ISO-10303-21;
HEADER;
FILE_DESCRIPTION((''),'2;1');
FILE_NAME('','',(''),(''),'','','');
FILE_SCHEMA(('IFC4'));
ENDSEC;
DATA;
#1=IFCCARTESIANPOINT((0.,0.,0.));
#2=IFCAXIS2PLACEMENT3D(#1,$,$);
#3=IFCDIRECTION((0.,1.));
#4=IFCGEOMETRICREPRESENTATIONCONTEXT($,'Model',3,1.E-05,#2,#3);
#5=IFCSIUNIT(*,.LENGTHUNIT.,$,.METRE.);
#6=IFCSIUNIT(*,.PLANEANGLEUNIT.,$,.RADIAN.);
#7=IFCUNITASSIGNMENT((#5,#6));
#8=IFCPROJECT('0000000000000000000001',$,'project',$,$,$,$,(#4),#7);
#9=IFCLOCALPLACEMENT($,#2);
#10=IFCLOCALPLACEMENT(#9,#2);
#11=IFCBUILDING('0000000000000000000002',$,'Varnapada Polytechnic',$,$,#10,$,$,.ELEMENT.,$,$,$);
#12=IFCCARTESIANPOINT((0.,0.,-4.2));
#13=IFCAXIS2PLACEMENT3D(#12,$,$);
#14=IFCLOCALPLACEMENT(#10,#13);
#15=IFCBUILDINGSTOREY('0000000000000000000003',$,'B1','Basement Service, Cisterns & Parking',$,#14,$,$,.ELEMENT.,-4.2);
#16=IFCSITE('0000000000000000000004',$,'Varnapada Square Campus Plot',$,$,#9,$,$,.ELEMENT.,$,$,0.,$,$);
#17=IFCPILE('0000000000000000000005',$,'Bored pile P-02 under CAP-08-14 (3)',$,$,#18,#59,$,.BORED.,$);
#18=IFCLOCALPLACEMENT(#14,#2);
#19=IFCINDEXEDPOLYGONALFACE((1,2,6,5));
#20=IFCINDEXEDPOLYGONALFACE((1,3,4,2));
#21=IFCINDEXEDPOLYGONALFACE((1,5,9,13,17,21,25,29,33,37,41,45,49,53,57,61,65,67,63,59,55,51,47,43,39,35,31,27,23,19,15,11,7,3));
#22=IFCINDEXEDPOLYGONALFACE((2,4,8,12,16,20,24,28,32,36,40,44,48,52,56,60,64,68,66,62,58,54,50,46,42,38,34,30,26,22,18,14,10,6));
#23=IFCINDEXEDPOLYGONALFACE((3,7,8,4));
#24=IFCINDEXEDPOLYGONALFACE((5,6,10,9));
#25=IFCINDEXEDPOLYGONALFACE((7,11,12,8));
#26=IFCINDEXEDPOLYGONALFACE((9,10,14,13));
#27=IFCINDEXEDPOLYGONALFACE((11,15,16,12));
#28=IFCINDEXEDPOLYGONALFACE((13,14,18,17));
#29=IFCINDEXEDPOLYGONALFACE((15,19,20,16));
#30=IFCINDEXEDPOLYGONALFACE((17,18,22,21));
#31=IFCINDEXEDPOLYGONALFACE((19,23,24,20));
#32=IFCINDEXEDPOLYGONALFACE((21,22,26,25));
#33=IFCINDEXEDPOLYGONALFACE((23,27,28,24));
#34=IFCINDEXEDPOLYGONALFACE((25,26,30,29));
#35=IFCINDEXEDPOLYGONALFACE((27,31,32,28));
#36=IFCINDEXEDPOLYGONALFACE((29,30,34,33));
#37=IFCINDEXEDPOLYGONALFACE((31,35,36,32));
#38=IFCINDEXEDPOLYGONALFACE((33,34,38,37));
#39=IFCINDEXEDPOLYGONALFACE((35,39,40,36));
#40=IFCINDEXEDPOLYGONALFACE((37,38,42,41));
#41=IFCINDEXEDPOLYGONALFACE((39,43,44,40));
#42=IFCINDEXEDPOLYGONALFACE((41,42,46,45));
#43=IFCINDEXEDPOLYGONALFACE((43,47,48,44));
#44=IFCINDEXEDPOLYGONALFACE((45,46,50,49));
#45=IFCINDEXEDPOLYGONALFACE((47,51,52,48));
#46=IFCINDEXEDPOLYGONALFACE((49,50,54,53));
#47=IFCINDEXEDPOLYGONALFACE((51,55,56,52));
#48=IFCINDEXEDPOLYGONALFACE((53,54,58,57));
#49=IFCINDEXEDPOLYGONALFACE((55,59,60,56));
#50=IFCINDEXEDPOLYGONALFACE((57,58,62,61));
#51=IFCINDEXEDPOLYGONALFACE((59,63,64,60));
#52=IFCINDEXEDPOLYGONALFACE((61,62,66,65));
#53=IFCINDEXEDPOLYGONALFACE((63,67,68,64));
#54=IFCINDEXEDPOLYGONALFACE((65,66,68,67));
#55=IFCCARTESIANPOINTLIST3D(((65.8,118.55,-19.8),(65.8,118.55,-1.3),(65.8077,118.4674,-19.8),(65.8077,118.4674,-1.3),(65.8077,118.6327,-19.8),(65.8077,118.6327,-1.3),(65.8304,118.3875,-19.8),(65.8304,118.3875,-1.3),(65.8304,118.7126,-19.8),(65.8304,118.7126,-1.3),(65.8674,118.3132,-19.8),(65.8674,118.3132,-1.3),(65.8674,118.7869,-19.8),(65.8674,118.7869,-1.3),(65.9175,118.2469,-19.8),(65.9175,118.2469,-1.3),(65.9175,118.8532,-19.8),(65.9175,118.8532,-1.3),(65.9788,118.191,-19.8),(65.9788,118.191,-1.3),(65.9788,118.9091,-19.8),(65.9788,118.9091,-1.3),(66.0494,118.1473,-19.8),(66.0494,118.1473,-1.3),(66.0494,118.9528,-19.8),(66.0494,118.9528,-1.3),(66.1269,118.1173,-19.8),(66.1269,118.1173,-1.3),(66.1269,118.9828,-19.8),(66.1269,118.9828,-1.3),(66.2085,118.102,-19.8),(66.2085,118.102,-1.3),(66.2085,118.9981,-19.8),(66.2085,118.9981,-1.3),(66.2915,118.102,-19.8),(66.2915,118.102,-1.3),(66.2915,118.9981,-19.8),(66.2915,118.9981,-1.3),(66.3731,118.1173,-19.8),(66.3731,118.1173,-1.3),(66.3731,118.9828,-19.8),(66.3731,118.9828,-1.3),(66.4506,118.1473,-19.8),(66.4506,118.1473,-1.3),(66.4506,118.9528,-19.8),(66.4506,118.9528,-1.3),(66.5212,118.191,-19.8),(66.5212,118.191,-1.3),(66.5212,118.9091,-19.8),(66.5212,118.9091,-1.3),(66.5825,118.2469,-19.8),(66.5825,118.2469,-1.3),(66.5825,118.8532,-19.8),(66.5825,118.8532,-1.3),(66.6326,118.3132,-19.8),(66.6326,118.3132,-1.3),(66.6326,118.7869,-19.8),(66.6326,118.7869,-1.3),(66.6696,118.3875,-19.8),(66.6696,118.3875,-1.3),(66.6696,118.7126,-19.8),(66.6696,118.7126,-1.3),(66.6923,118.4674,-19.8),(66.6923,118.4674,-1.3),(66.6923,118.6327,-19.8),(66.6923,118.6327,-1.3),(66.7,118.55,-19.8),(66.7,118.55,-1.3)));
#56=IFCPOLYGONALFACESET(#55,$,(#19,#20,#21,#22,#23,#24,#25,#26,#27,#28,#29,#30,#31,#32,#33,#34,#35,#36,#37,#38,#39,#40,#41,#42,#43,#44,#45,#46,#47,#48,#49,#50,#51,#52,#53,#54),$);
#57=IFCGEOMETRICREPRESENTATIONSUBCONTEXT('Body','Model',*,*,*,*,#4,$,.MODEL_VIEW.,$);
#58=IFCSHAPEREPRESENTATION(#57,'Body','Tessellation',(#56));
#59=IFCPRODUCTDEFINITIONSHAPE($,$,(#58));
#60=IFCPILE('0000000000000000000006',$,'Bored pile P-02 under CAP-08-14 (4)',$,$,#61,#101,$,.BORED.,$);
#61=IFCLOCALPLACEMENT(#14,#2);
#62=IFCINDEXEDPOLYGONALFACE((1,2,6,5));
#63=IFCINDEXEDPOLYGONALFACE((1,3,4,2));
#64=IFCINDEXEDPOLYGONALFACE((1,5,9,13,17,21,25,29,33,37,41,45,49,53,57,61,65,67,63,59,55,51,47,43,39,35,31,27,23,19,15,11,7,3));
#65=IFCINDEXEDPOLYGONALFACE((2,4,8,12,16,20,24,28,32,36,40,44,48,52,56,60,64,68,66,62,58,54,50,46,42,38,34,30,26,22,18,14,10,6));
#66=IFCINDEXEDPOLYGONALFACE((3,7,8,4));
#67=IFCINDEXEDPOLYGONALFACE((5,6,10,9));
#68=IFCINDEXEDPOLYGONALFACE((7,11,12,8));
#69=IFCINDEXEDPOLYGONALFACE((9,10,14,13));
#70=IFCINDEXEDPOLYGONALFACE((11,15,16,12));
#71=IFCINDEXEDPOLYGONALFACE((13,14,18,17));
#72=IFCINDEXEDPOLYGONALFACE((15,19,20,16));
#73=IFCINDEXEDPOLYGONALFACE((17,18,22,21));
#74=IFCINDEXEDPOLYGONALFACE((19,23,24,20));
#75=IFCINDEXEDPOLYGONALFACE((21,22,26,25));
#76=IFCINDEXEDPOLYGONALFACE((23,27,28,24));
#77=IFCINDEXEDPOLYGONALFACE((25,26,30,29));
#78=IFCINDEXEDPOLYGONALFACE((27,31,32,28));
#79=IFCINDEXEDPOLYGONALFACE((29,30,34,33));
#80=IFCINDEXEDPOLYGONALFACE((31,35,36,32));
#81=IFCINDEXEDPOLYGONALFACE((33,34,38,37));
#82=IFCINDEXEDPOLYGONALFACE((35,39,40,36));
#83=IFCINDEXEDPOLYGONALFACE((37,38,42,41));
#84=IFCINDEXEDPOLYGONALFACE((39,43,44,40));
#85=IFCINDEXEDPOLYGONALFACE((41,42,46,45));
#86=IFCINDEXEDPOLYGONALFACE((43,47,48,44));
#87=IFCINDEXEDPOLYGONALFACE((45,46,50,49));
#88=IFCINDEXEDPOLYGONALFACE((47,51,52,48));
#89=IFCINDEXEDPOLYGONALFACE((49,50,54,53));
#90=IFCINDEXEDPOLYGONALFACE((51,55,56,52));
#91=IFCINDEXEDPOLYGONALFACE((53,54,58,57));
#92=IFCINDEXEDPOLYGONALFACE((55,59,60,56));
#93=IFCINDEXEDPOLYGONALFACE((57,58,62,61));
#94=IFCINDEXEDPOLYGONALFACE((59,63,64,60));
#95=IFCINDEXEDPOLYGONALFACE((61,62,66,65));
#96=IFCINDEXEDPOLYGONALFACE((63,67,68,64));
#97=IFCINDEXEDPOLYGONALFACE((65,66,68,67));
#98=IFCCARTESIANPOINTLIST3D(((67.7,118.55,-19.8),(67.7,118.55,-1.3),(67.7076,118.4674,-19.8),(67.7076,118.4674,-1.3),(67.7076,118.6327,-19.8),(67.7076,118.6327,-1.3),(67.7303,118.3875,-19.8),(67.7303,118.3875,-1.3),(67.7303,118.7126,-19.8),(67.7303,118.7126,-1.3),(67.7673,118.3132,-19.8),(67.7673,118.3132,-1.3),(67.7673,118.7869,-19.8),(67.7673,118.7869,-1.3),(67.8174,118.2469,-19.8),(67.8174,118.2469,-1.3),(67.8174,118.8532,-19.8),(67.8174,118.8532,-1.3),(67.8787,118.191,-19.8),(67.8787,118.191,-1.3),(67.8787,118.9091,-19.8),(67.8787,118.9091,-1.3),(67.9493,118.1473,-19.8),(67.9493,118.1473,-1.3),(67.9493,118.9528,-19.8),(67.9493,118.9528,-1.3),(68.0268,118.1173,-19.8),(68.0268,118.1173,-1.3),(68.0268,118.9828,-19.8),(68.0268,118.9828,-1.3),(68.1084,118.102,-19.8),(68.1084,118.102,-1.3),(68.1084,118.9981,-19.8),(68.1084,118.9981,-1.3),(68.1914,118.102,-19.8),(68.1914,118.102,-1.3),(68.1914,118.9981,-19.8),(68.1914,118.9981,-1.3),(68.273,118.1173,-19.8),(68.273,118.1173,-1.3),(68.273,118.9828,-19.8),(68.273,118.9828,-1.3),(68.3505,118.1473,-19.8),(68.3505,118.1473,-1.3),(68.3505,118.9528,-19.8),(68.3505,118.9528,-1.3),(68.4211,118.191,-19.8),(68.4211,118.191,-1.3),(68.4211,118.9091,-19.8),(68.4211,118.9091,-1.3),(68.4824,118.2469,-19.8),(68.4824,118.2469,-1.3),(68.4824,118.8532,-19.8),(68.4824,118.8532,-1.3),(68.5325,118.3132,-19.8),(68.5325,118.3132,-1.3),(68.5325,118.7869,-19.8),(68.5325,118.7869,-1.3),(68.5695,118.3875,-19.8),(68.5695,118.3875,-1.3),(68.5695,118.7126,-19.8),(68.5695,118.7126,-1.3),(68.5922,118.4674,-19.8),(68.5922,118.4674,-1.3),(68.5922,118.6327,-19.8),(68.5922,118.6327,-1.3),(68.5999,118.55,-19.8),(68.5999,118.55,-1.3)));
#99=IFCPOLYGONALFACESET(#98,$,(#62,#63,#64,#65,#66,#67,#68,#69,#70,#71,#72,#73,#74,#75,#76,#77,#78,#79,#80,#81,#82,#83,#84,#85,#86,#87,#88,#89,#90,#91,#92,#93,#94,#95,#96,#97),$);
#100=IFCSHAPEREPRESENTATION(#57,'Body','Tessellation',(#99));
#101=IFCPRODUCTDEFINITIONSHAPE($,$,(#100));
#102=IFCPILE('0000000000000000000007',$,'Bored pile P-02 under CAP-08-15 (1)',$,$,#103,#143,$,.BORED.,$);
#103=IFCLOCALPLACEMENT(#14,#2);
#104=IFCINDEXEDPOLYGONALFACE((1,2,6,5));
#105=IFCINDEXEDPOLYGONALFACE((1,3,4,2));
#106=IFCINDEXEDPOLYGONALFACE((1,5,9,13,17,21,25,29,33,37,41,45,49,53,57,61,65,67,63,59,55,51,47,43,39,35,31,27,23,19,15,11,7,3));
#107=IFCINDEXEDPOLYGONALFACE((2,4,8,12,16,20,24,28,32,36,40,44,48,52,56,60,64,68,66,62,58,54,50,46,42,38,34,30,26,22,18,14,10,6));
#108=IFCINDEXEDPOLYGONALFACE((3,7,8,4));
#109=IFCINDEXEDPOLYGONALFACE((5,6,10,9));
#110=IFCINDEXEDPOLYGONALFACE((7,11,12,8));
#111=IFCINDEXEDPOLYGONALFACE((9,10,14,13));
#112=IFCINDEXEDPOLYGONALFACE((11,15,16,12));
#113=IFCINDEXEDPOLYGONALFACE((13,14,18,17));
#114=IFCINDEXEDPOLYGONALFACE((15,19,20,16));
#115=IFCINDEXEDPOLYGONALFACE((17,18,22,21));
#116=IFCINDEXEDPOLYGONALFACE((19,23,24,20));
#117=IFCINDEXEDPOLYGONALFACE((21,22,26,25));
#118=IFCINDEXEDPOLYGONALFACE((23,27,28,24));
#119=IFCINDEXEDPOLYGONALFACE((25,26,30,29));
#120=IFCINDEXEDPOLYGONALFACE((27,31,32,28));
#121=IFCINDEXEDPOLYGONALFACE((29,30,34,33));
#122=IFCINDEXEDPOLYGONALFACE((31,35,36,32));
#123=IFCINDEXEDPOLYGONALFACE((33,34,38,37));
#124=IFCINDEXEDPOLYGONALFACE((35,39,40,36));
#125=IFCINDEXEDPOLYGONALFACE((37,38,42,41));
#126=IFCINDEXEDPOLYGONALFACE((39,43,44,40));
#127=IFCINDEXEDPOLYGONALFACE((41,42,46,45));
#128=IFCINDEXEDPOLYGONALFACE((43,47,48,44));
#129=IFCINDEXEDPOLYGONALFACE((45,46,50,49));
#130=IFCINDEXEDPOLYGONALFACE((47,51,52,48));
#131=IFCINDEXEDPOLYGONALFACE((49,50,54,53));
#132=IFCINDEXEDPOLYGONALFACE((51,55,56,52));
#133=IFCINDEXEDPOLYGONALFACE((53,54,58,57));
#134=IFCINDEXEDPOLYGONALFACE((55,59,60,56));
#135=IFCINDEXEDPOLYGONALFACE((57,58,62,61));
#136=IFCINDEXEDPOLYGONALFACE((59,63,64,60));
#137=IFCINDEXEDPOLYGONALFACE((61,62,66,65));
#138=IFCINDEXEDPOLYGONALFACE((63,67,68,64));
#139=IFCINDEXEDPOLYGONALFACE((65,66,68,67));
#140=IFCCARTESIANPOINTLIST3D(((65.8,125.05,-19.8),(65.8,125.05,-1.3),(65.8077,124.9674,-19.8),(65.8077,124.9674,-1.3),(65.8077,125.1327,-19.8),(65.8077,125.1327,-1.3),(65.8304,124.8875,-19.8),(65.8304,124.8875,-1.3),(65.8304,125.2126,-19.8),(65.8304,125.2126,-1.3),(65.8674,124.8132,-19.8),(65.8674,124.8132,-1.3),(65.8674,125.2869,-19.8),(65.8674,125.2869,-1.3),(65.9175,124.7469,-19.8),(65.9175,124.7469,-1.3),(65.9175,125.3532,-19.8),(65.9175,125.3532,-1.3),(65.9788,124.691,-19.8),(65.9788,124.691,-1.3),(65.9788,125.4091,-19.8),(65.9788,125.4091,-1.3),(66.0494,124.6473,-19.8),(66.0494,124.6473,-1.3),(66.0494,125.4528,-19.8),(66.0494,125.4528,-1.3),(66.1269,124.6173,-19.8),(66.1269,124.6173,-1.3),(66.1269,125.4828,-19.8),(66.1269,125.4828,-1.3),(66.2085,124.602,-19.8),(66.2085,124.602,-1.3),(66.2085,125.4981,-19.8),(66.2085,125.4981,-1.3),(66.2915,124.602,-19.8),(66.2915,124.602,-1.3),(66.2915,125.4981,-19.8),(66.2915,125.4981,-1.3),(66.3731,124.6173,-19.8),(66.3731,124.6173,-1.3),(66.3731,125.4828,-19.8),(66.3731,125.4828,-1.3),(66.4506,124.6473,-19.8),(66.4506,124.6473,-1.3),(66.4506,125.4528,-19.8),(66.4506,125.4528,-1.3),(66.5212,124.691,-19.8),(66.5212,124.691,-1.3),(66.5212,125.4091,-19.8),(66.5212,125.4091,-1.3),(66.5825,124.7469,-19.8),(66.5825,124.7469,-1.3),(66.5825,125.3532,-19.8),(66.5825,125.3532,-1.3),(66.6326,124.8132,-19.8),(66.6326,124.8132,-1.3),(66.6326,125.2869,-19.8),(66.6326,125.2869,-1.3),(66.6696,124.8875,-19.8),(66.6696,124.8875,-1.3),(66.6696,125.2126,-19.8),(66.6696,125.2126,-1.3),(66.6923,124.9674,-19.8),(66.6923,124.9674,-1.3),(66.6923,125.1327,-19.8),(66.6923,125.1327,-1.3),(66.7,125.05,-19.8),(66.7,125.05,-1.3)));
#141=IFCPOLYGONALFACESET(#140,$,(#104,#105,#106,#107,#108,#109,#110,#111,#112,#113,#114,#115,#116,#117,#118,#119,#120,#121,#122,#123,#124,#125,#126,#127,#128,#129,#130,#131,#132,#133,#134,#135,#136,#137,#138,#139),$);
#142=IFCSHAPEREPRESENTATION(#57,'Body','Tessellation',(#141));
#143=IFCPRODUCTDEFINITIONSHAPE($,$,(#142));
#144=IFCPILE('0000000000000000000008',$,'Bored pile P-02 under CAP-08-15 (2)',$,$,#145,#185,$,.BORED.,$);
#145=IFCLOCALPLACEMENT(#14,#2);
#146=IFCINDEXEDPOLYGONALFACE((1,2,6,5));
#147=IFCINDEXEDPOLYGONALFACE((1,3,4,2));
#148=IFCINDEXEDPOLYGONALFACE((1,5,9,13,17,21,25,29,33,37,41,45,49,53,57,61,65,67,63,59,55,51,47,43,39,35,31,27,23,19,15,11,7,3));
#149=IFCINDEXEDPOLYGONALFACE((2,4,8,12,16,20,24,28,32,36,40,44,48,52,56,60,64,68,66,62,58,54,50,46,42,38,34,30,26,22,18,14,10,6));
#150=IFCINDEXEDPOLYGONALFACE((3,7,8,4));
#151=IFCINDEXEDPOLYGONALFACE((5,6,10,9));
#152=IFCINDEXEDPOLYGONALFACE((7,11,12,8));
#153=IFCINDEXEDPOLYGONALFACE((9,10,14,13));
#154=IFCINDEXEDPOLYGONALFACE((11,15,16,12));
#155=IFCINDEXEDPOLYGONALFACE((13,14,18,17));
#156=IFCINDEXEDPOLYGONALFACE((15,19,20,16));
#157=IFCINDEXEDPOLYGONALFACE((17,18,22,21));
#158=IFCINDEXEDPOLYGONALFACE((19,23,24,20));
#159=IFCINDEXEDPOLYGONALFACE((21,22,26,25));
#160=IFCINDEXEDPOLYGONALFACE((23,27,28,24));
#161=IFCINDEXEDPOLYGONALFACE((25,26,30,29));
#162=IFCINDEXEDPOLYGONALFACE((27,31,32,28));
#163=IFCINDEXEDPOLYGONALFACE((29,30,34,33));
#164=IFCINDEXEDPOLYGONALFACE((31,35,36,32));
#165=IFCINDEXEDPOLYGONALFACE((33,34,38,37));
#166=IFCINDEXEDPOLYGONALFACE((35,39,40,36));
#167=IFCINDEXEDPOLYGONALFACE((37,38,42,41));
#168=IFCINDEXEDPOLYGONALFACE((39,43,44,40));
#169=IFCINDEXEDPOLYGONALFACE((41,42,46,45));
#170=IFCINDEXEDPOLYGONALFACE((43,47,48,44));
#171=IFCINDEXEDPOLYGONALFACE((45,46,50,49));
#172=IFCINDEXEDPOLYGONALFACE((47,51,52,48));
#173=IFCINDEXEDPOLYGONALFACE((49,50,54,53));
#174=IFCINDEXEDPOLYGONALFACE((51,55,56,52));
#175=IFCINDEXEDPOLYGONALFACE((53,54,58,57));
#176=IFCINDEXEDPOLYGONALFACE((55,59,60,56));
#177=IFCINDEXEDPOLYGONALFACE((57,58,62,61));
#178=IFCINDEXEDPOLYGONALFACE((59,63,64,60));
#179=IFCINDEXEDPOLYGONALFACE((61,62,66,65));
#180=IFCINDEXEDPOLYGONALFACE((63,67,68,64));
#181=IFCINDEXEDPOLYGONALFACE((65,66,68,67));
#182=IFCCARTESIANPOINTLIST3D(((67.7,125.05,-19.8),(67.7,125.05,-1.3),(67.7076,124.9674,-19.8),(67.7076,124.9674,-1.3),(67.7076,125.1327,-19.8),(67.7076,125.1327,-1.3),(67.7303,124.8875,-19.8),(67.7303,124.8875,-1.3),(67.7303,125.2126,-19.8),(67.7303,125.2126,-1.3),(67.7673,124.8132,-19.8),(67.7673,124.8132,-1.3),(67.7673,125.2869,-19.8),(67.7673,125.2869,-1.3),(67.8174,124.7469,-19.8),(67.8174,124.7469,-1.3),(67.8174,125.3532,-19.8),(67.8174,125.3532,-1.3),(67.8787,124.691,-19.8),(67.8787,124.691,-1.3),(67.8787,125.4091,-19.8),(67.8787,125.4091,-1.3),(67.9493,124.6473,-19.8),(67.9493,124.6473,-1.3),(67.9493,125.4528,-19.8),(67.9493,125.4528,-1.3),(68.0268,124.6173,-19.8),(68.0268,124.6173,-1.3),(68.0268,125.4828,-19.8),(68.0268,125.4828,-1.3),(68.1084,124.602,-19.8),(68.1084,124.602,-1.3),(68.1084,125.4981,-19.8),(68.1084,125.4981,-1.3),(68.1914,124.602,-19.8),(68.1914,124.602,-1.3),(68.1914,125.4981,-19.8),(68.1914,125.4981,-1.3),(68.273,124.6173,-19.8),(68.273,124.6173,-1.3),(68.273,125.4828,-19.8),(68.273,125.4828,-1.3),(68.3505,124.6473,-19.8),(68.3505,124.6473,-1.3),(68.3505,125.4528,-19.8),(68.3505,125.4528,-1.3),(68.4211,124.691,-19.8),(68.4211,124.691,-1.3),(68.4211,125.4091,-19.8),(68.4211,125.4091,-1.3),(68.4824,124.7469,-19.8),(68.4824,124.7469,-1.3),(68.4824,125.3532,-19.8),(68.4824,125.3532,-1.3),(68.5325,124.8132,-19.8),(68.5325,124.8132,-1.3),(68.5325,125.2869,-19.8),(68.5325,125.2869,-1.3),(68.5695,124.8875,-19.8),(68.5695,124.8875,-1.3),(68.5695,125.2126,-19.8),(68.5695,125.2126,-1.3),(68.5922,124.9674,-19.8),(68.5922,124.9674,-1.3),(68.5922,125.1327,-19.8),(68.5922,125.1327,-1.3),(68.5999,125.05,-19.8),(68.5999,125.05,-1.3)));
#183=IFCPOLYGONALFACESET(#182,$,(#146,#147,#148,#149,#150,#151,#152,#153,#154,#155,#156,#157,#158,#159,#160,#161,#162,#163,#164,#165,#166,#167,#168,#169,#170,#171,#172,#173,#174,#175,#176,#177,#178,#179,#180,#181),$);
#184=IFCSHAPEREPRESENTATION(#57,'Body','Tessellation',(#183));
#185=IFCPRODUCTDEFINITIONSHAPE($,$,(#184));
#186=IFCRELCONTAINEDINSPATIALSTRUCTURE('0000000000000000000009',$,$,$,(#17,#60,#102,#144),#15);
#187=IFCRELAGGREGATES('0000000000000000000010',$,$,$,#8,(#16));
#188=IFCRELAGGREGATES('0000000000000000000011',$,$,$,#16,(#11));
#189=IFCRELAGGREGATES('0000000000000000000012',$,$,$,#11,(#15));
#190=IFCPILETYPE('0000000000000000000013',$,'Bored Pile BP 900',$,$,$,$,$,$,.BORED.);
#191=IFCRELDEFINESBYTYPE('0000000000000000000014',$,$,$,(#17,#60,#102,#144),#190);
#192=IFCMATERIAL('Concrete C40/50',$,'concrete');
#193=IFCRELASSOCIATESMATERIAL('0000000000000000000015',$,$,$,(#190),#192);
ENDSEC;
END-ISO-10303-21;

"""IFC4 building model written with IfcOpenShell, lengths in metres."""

from ifc_helpers import new_model, si_unit, direction, frame, origin, origin_2d, place, context, subcontext, project, spatial, circle, extrude, material, material_profile, profile_set, type_object, element, save


model = new_model("IFC4")

# Units and contexts
model_context = context("Model", 3, precision=1e-05, world=origin(), true_north=direction((0.0, 1.0)))
body_context = subcontext(model_context, "Body", "Model", "MODEL_VIEW")
ifc_project = project(units=[si_unit("LENGTHUNIT", "METRE"), si_unit("PLANEANGLEUNIT", "RADIAN")], contexts=[model_context])

# Site, building, storey
site_placement = place(None, origin())
site = spatial("IfcSite", under=ifc_project, at=site_placement, Name="Varnapada Square Campus Plot", CompositionType="ELEMENT", RefElevation=0.0)
building_placement = place(site_placement, origin())
building = spatial("IfcBuilding", under=site, at=building_placement, Name="Varnapada Polytechnic", CompositionType="ELEMENT")
storey_placement = place(building_placement, frame((0.0, 0.0, -4.2)))
storey = spatial("IfcBuildingStorey", under=building, at=storey_placement, Name="B1", Description="Basement Service, Cisterns & Parking", CompositionType="ELEMENT", Elevation=-4.2)

# Piles
ifc_material_1 = material(Name="Concrete C40/50", Category="concrete")
ifc_material_profile_1 = material_profile(ifc_material_1, circle(Radius=0.45, at=origin_2d()), Name="BP 900")
ifc_profile_set_1 = profile_set([ifc_material_profile_1], Name="Concrete C40/50")
pile_type_1 = type_object("IfcPileType", Name="Bored Pile BP 900", PredefinedType="BORED", material=ifc_profile_set_1)
for number, where, z_axis, x_axis, name in (
    (1, (66.25, 118.55, -1.3), (0.0, 0.0, -1.0), (1.0, 0.0, 0.0), "Bored pile P-02 under CAP-08-14 (3)"),
    (2, (68.1499, 118.55, -1.3), (0.0, 0.0, -1.0), (1.0, 0.0, 0.0), "Bored pile P-02 under CAP-08-14 (4)"),
    (3, (66.25, 125.05, -1.3), (0.0, 0.0, -1.0), (1.0, 0.0, 0.0), "Bored pile P-02 under CAP-08-15 (1)"),
    (4, (68.1499, 125.05, -1.3), (0.0, 0.0, -1.0), (1.0, 0.0, 0.0), "Bored pile P-02 under CAP-08-15 (2)"),
):
    element("IfcPile", number, at=place(storey_placement, frame(where, z_axis=z_axis, x_axis=x_axis)), inside=storey, type_object=pile_type_1, Name=name, PredefinedType="BORED", context=body_context, shape_type="SweptSolid", body=[
        extrude(circle(Radius=0.45, at=origin_2d()), origin(), (0.0, 0.0, 1.0), 18.5),
    ])

save(model, "model.ifc")
